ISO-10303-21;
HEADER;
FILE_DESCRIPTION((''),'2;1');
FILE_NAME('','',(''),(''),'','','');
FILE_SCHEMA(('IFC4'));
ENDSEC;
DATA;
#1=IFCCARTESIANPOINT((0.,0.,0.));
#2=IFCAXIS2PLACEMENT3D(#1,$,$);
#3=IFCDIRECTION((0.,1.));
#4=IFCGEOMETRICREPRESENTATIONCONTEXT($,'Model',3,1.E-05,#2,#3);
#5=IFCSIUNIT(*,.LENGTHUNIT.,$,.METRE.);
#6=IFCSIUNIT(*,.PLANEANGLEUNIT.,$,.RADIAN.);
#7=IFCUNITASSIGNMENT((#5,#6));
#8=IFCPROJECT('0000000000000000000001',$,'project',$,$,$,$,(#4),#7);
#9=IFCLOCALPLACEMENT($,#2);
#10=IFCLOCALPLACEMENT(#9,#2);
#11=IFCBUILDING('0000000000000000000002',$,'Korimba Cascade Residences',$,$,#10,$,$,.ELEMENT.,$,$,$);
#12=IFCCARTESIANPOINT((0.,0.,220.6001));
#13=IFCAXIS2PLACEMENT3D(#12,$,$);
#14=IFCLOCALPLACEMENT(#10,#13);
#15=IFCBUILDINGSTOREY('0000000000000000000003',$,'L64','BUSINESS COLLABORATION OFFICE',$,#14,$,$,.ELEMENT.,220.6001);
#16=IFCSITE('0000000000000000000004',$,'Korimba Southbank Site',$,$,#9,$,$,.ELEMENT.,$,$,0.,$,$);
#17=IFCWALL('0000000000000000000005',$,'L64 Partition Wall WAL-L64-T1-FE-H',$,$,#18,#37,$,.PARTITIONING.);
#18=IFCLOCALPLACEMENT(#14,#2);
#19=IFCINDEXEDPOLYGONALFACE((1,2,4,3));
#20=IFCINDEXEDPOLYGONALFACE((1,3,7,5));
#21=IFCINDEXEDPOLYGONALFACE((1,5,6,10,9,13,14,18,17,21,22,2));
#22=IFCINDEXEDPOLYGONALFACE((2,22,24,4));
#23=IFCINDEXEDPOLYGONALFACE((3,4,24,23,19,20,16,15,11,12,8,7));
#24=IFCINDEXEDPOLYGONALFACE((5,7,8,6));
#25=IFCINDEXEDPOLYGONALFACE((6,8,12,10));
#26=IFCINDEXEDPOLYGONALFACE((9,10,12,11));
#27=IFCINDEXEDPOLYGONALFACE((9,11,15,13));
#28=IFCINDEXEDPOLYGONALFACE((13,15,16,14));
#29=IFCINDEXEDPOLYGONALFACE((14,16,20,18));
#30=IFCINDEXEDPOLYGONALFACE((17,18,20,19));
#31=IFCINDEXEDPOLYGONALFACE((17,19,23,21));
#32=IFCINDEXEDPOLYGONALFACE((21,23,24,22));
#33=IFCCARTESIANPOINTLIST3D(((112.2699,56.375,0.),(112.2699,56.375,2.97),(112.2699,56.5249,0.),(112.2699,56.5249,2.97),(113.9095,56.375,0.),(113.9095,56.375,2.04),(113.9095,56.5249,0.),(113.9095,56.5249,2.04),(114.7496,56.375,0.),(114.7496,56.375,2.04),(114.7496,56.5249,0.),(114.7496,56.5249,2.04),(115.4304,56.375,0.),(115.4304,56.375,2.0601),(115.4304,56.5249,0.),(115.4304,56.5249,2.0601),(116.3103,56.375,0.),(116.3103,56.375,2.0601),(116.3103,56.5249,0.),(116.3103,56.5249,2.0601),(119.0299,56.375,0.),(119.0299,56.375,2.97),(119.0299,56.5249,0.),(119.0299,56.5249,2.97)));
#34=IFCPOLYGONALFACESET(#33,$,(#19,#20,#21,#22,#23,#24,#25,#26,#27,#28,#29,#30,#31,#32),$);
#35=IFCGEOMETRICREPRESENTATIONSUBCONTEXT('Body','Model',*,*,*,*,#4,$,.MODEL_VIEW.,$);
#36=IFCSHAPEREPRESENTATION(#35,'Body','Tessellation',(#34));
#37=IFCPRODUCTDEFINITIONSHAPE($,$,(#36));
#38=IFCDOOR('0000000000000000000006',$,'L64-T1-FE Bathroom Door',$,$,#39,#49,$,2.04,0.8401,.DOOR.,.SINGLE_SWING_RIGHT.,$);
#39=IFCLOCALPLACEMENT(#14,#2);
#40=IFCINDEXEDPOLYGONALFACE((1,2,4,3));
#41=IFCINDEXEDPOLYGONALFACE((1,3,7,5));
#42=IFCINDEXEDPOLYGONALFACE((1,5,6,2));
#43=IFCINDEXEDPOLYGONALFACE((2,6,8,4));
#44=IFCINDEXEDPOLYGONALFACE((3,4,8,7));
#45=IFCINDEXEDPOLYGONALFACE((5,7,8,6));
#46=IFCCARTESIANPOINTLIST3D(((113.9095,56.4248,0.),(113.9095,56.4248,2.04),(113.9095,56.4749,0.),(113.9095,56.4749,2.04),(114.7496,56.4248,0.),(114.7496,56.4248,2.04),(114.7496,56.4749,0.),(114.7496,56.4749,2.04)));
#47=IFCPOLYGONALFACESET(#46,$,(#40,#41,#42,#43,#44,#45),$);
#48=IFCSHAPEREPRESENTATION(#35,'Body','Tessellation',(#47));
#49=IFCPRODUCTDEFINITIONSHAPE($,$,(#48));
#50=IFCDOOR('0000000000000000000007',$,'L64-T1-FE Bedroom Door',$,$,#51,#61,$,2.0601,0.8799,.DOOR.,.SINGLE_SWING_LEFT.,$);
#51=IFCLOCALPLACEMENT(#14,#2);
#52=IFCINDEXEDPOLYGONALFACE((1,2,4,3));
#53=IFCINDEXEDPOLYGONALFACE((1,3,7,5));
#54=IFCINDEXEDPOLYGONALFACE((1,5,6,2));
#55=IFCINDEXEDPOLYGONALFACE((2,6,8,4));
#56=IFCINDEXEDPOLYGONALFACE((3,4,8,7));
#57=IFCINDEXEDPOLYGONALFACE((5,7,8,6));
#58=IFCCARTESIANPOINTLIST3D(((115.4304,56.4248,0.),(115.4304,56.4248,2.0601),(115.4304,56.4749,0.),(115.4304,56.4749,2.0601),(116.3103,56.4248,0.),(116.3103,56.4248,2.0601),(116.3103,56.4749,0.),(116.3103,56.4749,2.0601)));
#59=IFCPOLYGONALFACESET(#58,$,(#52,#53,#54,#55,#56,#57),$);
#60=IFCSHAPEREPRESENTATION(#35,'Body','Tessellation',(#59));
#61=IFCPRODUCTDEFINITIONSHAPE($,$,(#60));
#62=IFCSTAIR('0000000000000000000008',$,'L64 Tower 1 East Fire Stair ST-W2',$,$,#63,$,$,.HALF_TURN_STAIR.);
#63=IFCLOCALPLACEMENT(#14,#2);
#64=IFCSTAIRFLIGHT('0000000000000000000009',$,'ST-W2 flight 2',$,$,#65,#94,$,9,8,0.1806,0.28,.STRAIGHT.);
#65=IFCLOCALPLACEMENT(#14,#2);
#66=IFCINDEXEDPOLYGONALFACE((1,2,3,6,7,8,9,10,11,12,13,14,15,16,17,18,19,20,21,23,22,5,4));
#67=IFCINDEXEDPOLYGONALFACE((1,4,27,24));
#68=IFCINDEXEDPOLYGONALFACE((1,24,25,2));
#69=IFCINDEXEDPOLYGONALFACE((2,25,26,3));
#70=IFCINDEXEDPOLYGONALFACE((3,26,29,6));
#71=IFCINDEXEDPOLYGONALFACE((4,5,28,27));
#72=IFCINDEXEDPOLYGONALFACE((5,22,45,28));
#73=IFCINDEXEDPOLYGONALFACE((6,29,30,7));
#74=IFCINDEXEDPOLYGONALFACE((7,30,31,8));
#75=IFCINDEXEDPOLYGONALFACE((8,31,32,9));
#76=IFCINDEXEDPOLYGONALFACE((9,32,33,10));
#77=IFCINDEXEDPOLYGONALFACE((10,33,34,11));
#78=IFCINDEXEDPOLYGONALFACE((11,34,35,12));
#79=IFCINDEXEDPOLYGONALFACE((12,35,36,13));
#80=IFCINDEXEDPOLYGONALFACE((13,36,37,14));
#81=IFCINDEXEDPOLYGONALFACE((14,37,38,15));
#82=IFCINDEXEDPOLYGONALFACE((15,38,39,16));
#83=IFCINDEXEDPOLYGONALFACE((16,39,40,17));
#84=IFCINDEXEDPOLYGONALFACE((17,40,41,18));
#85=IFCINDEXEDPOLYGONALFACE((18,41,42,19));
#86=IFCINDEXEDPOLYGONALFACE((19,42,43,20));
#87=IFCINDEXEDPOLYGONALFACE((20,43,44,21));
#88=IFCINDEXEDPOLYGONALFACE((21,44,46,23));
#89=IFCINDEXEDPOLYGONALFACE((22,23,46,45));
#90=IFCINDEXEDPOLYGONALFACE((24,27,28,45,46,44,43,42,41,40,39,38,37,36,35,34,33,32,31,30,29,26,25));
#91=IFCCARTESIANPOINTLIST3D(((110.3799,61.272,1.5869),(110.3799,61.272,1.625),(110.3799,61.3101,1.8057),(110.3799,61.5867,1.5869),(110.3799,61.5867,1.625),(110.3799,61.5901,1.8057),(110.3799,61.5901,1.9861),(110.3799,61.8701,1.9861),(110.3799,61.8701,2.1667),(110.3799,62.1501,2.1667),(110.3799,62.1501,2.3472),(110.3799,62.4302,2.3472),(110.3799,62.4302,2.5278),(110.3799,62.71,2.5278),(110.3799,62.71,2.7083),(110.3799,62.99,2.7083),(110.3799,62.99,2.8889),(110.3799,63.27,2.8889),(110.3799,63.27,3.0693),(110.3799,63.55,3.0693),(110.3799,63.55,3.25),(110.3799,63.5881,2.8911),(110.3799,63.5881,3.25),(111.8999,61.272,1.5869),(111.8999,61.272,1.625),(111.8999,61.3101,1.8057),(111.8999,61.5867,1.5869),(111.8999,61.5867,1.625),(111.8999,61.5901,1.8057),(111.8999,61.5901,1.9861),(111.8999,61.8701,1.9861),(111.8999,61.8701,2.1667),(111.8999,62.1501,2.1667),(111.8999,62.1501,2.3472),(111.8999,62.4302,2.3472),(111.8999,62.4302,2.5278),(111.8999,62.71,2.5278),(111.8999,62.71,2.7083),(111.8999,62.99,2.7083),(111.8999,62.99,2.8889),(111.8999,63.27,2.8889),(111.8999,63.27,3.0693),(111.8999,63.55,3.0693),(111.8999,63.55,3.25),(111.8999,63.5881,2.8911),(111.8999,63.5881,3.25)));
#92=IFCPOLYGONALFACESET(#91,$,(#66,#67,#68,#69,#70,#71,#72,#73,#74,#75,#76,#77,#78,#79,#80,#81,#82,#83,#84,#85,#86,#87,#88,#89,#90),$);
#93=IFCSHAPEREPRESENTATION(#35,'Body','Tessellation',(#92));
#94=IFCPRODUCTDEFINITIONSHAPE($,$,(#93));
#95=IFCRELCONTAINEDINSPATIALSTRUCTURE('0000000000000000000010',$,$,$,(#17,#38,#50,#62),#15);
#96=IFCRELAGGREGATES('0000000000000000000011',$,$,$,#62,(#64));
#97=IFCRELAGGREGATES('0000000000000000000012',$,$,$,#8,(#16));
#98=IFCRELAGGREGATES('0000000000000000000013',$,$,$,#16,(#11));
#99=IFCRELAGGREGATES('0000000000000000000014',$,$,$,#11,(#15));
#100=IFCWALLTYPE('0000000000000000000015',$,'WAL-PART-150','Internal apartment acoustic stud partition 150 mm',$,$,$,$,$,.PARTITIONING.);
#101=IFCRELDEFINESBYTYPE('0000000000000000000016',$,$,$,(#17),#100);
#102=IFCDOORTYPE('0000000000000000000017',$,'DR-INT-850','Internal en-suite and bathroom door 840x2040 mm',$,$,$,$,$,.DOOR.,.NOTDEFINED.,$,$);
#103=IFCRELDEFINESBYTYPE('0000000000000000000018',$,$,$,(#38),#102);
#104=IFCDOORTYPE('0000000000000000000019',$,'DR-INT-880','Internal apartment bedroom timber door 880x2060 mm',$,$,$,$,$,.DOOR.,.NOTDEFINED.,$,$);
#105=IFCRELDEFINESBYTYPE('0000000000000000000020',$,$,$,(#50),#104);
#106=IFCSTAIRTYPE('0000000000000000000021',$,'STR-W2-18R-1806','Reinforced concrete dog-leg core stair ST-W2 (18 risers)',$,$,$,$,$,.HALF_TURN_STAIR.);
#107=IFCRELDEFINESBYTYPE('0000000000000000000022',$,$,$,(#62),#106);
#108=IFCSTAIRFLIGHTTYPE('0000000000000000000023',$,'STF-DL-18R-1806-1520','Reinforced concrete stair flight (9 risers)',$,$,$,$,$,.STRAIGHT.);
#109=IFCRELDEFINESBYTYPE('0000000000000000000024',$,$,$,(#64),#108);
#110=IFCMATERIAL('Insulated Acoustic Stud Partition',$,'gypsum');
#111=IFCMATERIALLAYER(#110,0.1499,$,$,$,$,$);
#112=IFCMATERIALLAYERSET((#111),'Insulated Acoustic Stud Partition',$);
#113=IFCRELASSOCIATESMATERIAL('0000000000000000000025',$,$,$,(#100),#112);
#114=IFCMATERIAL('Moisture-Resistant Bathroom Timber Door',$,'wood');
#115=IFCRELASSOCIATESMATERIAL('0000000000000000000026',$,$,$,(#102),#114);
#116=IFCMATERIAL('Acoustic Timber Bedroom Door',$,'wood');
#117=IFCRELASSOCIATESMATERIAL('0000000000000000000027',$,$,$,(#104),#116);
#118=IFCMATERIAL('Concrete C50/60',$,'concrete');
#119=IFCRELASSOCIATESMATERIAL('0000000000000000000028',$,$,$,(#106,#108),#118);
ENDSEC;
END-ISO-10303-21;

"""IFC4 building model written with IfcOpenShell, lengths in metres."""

from ifc_helpers import new_model, si_unit, direction, frame, frame_2d, origin, place, context, subcontext, project, spatial, polyline, rectangle, outline, extrude, material, layer, layer_set, type_object, element, fill, aggregate, save


model = new_model("IFC4")

# Units and contexts
model_context = context("Model", 3, precision=1e-05, world=origin(), true_north=direction((0.0, 1.0)))
body_context = subcontext(model_context, "Body", "Model", "MODEL_VIEW")
ifc_project = project(units=[si_unit("LENGTHUNIT", "METRE"), si_unit("PLANEANGLEUNIT", "RADIAN")], contexts=[model_context])

# Site, building, storey
site_placement = place(None, origin())
site = spatial("IfcSite", under=ifc_project, at=site_placement, Name="Korimba Southbank Site", CompositionType="ELEMENT", RefElevation=0.0)
building_placement = place(site_placement, origin())
building = spatial("IfcBuilding", under=site, at=building_placement, Name="Korimba Cascade Residences", CompositionType="ELEMENT")
storey_placement = place(building_placement, frame((0.0, 0.0, 220.6001)))
storey = spatial("IfcBuildingStorey", under=building, at=storey_placement, Name="L64", Description="BUSINESS COLLABORATION OFFICE", CompositionType="ELEMENT", Elevation=220.6001)

# Shared definitions
ifc_material_1 = material(Name="Insulated Acoustic Stud Partition", Category="gypsum")
ifc_layer_1 = layer(ifc_material_1, 0.1499)
ifc_layer_set_1 = layer_set([ifc_layer_1], Name="Insulated Acoustic Stud Partition")
wall_type_1 = type_object("IfcWallType", Name="WAL-PART-150", Description="Internal apartment acoustic stud partition 150 mm", PredefinedType="PARTITIONING", material=ifc_layer_set_1)
ifc_material_2 = material(Name="Moisture-Resistant Bathroom Timber Door", Category="wood")
door_type_1 = type_object("IfcDoorType", Name="DR-INT-850", Description="Internal en-suite and bathroom door 840x2040 mm", OperationType="NOTDEFINED", PredefinedType="DOOR", material=ifc_material_2)
ifc_material_3 = material(Name="Acoustic Timber Bedroom Door", Category="wood")
door_type_2 = type_object("IfcDoorType", Name="DR-INT-880", Description="Internal apartment bedroom timber door 880x2060 mm", OperationType="NOTDEFINED", PredefinedType="DOOR", material=ifc_material_3)

# Wall, openings, doors
wall_1_placement = place(storey_placement, frame((112.27, 56.45, 0.0), z_axis=(0.0, 0.0, 1.0), x_axis=(1.0, 0.0, 0.0)))
wall_1 = element("IfcWall", 1, at=wall_1_placement, inside=storey, type_object=wall_type_1, Name="L64 Partition Wall WAL-L64-T1-FE-H", PredefinedType="PARTITIONING", context=body_context, shape_type="SweptSolid", body=[
    extrude(rectangle(XDim=6.76, YDim=0.1499, at=frame_2d((3.3799, 0.0))), origin(), (0.0, 0.0, 1.0), 2.97),
])
opening_1_placement = place(wall_1_placement, frame((1.6396, 0.0, 0.0)))
opening_1 = element("IfcOpeningElement", 2, at=opening_1_placement, cuts=wall_1, PredefinedType="OPENING", context=body_context, shape_type="SweptSolid", body=[
    extrude(rectangle(XDim=0.8401, YDim=2.04, at=frame_2d((0.4199, 1.02))), frame((0.0, 0.085, 0.0), z_axis=(0.0, -1.0, 0.0), x_axis=(1.0, 0.0, 0.0)), (0.0, 0.0, 1.0), 0.1699),
])
opening_2_placement = place(wall_1_placement, frame((3.1604, 0.0, 0.0)))
opening_2 = element("IfcOpeningElement", 3, at=opening_2_placement, cuts=wall_1, PredefinedType="OPENING", context=body_context, shape_type="SweptSolid", body=[
    extrude(rectangle(XDim=0.8799, YDim=2.0601, at=frame_2d((0.4399, 1.03))), frame((0.0, 0.085, 0.0), z_axis=(0.0, -1.0, 0.0), x_axis=(1.0, 0.0, 0.0)), (0.0, 0.0, 1.0), 0.1699),
])
door_1_placement = place(opening_1_placement, origin())
door_1 = element("IfcDoor", 4, at=door_1_placement, inside=storey, type_object=door_type_1, Name="L64-T1-FE Bathroom Door", OperationType="SINGLE_SWING_RIGHT", OverallHeight=2.04, OverallWidth=0.8401, PredefinedType="DOOR", context=body_context, shape_type="SweptSolid", body=[
    extrude(rectangle(XDim=0.8401, YDim=2.04, at=frame_2d((0.4199, 1.02))), frame((0.0, 0.0249, 0.0), z_axis=(0.0, -1.0, 0.0), x_axis=(1.0, 0.0, 0.0)), (0.0, 0.0, 1.0), 0.05),
])
fill(opening_1, door_1)
door_2_placement = place(opening_2_placement, origin())
door_2 = element("IfcDoor", 5, at=door_2_placement, inside=storey, type_object=door_type_2, Name="L64-T1-FE Bedroom Door", OperationType="SINGLE_SWING_LEFT", OverallHeight=2.0601, OverallWidth=0.8799, PredefinedType="DOOR", context=body_context, shape_type="SweptSolid", body=[
    extrude(rectangle(XDim=0.8799, YDim=2.0601, at=frame_2d((0.4399, 1.03))), frame((0.0, 0.0249, 0.0), z_axis=(0.0, -1.0, 0.0), x_axis=(1.0, 0.0, 0.0)), (0.0, 0.0, 1.0), 0.05),
])
fill(opening_2, door_2)

# Stair, stair flight
ifc_material_4 = material(Name="Concrete C50/60", Category="concrete")
stair_type = type_object("IfcStairType", Name="STR-W2-18R-1806", Description="Reinforced concrete dog-leg core stair ST-W2 (18 risers)", PredefinedType="HALF_TURN_STAIR", material=ifc_material_4)
stair_placement = place(storey_placement, origin())
stair = element("IfcStair", 6, at=stair_placement, inside=storey, type_object=stair_type, Name="L64 Tower 1 East Fire Stair ST-W2", PredefinedType="HALF_TURN_STAIR")
stair_flight_type = type_object("IfcStairFlightType", Name="STF-DL-18R-1806-1520", Description="Reinforced concrete stair flight (9 risers)", PredefinedType="STRAIGHT", material=ifc_material_4)
stair_flight_placement = place(storey_placement, frame((111.1399, 61.3101, 1.625), z_axis=(0.0, 0.0, 1.0), x_axis=(0.0, 1.0, 0.0)))
stair_flight = element("IfcStairFlight", 7, at=stair_flight_placement, type_object=stair_flight_type, Name="ST-W2 flight 2", NumberOfRisers=9, NumberOfTreads=8, PredefinedType="STRAIGHT", RiserHeight=0.1806, TreadLength=0.28, context=body_context, shape_type="SweptSolid", body=[
    extrude(outline(polyline([(-0.0381, 0.0), (0.0, 0.1807), (0.28, 0.1807), (0.28, 0.3611), (0.5601, 0.3611), (0.5601, 0.5417), (0.8401, 0.5417), (0.8401, 0.7222), (1.1201, 0.7222), (1.1201, 0.9028), (1.3999, 0.9028), (1.3999, 1.0833), (1.6799, 1.0833), (1.6799, 1.2639), (1.96, 1.2639), (1.96, 1.4443), (2.24, 1.4443), (2.24, 1.625), (2.2781, 1.625), (2.2781, 1.2661), (0.2766, 0.0), (0.2766, -0.0381), (-0.0381, -0.0381), (-0.0381, 0.0)])), frame((0.0, 0.76, 0.0), z_axis=(0.0, -1.0, 0.0), x_axis=(1.0, 0.0, 0.0)), (0.0, 0.0, 1.0), 1.52),
])
aggregate(stair, [stair_flight])

save(model, "model.ifc")
